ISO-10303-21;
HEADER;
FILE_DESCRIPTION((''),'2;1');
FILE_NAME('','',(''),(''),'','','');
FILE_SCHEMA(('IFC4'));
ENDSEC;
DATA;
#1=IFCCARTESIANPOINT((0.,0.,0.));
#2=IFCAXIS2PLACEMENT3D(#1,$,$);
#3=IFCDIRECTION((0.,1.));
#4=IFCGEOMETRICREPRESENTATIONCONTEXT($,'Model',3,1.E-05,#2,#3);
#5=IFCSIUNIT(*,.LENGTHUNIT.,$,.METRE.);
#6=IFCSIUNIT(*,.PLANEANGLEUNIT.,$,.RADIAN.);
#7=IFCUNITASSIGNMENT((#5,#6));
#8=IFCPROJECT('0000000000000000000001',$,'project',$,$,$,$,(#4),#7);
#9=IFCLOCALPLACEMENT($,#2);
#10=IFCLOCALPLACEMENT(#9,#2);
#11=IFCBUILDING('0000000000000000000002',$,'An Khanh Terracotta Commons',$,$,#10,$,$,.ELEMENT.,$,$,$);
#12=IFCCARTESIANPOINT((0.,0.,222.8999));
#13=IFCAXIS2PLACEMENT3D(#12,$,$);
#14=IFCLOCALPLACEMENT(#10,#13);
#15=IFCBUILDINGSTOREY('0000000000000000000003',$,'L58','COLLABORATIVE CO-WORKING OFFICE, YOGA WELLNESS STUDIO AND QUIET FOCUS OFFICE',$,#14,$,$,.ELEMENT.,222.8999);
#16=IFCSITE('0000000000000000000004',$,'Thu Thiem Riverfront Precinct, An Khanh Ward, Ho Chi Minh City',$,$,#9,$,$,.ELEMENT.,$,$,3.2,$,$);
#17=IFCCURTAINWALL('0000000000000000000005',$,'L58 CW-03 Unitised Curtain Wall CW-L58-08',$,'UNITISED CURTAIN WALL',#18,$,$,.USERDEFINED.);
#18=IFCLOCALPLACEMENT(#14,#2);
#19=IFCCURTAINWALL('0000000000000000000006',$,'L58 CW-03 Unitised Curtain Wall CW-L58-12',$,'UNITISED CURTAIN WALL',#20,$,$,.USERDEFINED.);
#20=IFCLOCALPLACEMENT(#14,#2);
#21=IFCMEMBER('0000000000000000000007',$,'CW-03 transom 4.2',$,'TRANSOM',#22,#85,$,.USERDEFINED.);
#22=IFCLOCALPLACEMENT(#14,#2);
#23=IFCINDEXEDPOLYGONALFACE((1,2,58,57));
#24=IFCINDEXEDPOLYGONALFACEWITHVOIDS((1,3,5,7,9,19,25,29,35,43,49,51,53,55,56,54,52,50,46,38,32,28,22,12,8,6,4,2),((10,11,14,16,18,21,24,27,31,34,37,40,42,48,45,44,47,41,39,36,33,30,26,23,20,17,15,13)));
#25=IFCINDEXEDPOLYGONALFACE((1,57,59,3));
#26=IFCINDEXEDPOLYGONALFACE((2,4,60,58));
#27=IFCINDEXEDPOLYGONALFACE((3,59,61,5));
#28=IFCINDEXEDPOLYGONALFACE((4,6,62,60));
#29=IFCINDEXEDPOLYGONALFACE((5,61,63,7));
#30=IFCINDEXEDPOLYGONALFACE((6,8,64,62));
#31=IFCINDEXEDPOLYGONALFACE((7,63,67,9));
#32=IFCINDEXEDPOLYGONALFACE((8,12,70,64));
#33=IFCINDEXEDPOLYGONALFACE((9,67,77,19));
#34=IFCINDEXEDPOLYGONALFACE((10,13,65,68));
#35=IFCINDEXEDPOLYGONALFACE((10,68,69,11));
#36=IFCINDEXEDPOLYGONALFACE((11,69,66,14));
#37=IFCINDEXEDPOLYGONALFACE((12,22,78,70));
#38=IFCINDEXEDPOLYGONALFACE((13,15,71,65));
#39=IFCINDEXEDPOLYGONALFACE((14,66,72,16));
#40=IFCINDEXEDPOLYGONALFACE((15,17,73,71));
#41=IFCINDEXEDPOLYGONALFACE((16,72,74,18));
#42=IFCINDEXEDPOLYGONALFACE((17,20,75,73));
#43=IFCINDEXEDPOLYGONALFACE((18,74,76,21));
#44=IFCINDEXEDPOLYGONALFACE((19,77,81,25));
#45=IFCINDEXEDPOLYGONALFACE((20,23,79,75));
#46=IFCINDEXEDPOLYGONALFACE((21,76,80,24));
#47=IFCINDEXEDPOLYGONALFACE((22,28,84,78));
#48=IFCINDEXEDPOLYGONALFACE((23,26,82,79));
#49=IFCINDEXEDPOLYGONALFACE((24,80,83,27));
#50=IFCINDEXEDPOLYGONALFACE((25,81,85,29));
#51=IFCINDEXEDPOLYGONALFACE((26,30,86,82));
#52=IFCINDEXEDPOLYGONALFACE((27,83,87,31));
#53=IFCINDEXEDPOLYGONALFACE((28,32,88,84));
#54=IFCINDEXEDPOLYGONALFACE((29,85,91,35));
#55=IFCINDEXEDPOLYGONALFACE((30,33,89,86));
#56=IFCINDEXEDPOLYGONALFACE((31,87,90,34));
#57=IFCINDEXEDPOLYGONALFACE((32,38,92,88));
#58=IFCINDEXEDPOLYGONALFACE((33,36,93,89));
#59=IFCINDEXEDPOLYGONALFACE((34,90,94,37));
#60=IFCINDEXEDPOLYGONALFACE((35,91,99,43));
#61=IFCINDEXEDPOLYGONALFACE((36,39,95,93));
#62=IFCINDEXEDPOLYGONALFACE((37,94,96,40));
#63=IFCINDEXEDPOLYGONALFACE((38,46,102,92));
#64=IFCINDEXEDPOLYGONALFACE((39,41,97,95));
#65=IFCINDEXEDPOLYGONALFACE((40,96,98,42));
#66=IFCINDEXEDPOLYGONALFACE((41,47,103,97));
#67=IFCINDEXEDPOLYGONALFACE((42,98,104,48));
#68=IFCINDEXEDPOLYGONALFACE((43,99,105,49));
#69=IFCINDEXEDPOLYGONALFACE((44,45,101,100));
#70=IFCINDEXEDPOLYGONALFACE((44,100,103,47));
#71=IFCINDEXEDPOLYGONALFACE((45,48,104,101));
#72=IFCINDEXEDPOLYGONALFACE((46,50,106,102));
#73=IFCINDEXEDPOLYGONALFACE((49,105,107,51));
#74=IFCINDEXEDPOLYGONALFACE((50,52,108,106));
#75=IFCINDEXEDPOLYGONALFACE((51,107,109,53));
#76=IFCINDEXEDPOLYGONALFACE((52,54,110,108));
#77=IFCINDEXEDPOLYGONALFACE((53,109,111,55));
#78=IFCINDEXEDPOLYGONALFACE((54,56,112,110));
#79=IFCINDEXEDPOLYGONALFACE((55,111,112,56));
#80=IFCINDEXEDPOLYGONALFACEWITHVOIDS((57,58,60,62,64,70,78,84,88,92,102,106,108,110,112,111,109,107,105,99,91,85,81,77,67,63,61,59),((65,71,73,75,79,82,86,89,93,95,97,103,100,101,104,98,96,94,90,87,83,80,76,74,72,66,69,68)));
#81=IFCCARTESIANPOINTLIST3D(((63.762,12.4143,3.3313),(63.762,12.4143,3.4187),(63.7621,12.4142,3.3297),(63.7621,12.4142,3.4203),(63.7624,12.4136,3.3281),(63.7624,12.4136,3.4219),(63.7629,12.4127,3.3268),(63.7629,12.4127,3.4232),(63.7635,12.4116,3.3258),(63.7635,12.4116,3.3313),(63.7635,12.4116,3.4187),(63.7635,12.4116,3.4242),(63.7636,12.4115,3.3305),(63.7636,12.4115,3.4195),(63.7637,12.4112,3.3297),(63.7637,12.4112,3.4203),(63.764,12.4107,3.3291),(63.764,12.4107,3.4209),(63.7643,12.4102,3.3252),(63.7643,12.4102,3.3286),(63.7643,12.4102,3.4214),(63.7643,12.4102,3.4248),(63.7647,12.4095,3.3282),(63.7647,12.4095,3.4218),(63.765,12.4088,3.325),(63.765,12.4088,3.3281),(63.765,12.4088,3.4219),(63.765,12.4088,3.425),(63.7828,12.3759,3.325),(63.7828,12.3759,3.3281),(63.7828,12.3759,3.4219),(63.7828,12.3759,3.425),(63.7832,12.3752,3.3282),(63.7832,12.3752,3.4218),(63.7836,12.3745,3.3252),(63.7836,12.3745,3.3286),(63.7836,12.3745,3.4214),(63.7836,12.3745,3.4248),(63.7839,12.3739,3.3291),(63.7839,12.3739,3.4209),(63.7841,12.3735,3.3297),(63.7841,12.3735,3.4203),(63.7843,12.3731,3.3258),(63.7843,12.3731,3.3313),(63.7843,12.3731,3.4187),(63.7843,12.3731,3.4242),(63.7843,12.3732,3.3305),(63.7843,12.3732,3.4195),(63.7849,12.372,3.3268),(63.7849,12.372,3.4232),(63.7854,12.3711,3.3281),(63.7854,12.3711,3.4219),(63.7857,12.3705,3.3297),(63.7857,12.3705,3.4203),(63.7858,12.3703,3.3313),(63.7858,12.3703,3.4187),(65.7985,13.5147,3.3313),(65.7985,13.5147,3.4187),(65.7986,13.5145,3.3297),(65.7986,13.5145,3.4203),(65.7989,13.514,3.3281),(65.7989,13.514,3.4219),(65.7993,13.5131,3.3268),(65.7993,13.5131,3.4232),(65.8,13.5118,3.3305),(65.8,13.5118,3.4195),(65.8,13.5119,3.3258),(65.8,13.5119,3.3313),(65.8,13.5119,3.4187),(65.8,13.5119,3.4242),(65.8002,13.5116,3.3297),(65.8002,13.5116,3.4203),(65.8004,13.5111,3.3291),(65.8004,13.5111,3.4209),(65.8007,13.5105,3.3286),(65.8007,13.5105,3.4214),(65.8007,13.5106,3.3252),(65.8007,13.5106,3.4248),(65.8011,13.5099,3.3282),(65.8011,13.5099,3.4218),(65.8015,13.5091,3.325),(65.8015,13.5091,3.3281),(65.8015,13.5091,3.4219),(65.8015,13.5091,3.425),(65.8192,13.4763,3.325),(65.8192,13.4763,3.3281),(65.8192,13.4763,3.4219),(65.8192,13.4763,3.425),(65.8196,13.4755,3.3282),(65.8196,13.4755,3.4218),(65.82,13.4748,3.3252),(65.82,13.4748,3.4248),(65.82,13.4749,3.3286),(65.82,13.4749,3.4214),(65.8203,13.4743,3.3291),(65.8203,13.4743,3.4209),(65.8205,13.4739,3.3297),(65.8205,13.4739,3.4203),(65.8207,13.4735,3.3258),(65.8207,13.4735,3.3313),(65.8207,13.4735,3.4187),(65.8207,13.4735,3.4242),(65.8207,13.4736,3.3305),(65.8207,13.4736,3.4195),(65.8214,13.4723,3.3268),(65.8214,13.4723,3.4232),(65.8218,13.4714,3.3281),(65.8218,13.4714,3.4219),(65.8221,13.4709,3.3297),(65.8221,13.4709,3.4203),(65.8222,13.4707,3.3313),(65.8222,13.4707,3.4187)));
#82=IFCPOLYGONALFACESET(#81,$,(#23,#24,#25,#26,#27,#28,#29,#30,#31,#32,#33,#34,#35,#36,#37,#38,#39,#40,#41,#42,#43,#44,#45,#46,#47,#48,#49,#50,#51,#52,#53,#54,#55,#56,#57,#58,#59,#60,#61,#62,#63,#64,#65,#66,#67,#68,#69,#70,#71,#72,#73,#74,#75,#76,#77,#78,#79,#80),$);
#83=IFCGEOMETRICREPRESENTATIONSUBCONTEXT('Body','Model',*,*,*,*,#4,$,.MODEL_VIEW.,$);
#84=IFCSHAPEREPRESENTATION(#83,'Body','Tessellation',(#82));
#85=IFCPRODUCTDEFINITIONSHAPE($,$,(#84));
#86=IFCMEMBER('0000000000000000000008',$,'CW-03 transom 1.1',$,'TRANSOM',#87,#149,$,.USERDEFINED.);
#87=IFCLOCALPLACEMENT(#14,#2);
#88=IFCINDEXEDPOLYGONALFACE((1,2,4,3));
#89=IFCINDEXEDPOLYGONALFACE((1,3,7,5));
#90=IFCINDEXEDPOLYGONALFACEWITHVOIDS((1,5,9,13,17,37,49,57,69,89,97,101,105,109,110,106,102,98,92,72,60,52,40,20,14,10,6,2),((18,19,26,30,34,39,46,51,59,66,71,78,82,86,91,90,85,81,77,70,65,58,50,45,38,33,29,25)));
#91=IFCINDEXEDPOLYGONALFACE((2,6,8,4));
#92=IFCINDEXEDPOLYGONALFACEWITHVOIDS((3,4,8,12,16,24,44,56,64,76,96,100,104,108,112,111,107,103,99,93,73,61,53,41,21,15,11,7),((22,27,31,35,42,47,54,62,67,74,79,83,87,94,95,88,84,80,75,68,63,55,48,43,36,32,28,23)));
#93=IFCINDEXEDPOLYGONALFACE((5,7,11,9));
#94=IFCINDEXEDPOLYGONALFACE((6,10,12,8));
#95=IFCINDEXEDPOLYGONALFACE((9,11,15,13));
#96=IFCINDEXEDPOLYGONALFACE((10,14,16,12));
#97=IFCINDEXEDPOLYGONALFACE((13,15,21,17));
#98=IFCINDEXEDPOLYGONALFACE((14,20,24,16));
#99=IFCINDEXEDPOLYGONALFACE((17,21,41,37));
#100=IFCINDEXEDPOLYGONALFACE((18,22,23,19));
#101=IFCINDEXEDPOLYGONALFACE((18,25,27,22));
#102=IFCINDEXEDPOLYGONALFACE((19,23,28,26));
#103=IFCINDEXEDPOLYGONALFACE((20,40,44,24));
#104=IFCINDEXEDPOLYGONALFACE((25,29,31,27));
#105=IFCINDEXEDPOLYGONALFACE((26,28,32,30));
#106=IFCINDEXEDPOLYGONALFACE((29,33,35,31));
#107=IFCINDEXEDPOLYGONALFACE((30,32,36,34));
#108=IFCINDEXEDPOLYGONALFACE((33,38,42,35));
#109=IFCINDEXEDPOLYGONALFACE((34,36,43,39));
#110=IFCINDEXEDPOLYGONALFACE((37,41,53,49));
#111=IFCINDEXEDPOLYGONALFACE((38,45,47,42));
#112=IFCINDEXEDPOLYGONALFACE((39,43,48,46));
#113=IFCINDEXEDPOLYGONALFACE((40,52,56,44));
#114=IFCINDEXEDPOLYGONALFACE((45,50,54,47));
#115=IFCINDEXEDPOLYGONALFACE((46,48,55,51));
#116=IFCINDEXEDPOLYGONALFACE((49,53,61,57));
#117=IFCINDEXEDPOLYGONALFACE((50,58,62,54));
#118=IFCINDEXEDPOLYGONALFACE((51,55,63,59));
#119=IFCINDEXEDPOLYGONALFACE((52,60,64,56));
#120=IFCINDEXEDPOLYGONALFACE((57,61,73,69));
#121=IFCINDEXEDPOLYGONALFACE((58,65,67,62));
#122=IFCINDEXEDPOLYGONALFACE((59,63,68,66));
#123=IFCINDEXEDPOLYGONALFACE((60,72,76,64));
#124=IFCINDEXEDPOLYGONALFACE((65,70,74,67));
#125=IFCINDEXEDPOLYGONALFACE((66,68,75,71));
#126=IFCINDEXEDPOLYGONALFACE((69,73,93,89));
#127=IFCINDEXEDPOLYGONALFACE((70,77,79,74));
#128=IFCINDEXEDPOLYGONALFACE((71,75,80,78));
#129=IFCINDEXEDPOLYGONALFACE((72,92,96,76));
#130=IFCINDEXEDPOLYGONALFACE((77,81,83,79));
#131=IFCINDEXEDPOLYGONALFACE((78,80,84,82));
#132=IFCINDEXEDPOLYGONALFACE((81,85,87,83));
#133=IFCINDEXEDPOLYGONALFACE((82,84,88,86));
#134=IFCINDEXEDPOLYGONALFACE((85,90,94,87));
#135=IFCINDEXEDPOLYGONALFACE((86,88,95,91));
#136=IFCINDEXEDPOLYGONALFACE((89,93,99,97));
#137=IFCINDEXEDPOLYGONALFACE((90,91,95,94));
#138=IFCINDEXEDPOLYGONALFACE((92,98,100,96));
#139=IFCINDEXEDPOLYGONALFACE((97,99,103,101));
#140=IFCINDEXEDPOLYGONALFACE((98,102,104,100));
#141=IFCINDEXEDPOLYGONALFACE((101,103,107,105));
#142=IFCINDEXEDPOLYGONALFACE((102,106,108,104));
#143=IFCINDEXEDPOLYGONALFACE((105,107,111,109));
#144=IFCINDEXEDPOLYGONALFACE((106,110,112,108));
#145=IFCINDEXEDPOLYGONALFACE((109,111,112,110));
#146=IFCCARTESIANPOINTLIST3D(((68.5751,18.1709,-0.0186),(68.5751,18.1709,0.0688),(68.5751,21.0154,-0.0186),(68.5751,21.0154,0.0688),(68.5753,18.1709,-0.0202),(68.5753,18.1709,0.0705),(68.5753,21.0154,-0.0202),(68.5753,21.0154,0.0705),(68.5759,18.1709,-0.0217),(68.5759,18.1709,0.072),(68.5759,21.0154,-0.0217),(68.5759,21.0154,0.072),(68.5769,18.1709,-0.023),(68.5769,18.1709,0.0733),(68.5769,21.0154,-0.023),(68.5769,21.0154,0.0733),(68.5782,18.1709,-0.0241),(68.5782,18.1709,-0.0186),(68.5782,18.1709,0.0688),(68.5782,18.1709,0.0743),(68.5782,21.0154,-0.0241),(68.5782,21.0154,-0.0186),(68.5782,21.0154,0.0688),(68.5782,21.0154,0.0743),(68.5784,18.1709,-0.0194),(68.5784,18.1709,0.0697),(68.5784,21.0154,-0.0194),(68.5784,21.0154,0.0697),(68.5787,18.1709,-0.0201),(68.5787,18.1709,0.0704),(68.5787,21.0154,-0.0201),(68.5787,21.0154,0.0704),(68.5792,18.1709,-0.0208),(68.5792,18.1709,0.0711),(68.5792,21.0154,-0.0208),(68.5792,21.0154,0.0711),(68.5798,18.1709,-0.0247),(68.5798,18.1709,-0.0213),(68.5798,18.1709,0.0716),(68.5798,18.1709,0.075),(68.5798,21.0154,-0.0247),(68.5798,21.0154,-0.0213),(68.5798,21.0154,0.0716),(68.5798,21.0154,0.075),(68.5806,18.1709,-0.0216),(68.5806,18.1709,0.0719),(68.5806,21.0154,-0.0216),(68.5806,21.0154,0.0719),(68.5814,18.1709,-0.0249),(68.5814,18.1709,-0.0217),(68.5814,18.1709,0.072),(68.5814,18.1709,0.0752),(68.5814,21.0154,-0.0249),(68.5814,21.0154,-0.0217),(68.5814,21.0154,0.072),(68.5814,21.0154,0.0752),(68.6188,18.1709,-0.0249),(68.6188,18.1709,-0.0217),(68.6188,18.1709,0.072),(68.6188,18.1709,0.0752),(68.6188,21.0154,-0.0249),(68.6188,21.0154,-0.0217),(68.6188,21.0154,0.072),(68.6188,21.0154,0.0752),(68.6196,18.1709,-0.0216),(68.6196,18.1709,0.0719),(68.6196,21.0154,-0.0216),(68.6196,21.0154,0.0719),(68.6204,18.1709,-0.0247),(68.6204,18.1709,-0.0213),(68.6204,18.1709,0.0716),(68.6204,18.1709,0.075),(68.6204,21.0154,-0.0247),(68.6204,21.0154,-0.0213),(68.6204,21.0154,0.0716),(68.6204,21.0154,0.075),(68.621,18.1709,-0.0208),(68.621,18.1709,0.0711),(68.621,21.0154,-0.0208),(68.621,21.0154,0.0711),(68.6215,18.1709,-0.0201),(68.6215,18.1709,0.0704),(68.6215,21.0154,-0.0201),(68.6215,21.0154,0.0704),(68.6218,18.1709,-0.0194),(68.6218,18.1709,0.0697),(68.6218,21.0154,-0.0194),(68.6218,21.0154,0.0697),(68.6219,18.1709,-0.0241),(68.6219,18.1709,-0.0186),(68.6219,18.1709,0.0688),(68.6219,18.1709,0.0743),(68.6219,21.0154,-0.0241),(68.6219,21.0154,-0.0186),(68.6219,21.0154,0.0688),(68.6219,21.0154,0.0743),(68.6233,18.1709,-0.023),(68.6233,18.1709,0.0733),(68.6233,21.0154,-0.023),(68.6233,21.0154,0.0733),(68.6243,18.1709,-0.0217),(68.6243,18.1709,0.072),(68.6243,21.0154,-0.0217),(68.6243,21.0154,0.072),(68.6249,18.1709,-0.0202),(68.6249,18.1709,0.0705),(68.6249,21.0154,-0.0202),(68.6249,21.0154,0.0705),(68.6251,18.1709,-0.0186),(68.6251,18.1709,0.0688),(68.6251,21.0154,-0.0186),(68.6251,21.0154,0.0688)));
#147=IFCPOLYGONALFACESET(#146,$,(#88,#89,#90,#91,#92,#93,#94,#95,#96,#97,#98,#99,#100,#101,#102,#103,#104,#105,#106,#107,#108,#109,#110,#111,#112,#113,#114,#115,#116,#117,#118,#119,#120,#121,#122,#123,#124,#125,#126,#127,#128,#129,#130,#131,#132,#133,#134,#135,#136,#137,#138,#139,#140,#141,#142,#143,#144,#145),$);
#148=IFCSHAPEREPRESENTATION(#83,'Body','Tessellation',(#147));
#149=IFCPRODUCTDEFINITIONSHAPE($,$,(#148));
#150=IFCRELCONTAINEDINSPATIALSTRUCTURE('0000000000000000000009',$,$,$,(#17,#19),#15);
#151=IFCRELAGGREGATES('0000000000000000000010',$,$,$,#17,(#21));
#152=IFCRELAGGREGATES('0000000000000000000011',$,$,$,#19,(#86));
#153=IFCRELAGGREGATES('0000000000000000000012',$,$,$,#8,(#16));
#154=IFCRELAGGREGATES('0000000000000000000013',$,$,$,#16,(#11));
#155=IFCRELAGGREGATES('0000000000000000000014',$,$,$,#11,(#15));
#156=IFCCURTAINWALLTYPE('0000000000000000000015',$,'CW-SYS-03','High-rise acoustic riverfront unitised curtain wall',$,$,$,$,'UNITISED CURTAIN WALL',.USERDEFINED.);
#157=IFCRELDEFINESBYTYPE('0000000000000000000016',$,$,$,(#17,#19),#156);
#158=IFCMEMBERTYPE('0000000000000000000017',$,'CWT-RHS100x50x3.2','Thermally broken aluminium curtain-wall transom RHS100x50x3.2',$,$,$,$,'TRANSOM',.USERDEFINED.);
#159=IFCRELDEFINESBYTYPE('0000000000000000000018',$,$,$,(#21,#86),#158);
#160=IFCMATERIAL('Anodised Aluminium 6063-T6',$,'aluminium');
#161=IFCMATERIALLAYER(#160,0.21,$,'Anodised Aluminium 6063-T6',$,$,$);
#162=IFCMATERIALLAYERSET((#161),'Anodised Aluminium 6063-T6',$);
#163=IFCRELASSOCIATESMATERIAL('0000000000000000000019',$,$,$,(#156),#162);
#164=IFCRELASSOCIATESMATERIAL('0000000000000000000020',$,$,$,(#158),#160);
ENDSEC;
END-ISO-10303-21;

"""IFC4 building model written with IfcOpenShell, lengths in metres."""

from ifc_helpers import new_model, si_unit, direction, frame, origin, origin_2d, place, context, subcontext, project, spatial, hollow_rectangle, extrude, material, layer, layer_set, material_profile, profile_set, type_object, element, aggregate, save


model = new_model("IFC4")

# Units and contexts
model_context = context("Model", 3, precision=1e-05, world=origin(), true_north=direction((0.0, 1.0)))
body_context = subcontext(model_context, "Body", "Model", "MODEL_VIEW")
ifc_project = project(units=[si_unit("LENGTHUNIT", "METRE"), si_unit("PLANEANGLEUNIT", "RADIAN")], contexts=[model_context])

# Site, building, storey
site_placement = place(None, origin())
site = spatial("IfcSite", under=ifc_project, at=site_placement, Name="Thu Thiem Riverfront Precinct, An Khanh Ward, Ho Chi Minh City", CompositionType="ELEMENT", RefElevation=3.2)
building_placement = place(site_placement, origin())
building = spatial("IfcBuilding", under=site, at=building_placement, Name="An Khanh Terracotta Commons", CompositionType="ELEMENT")
storey_placement = place(building_placement, frame((0.0, 0.0, 222.8999)))
storey = spatial("IfcBuildingStorey", under=building, at=storey_placement, Name="L58", Description="COLLABORATIVE CO-WORKING OFFICE, YOGA WELLNESS STUDIO AND QUIET FOCUS OFFICE", CompositionType="ELEMENT", Elevation=222.8999)

# Curtain walls
ifc_material_1 = material(Name="Anodised Aluminium 6063-T6", Category="aluminium")
ifc_layer_1 = layer(ifc_material_1, 0.21, Name="Anodised Aluminium 6063-T6")
ifc_layer_set_1 = layer_set([ifc_layer_1], Name="Anodised Aluminium 6063-T6")
curtain_wall_type = type_object("IfcCurtainWallType", Name="CW-SYS-03", Description="High-rise acoustic riverfront unitised curtain wall", ElementType="UNITISED CURTAIN WALL", PredefinedType="USERDEFINED", material=ifc_layer_set_1)
curtain_wall_1_placement = place(storey_placement, origin())
curtain_wall_1 = element("IfcCurtainWall", 1, at=curtain_wall_1_placement, inside=storey, type_object=curtain_wall_type, Name="L58 CW-03 Unitised Curtain Wall CW-L58-08", ObjectType="UNITISED CURTAIN WALL", PredefinedType="USERDEFINED")
curtain_wall_2_placement = place(storey_placement, origin())
curtain_wall_2 = element("IfcCurtainWall", 2, at=curtain_wall_2_placement, inside=storey, type_object=curtain_wall_type, Name="L58 CW-03 Unitised Curtain Wall CW-L58-12", ObjectType="UNITISED CURTAIN WALL", PredefinedType="USERDEFINED")

# Members
ifc_material_profile_1 = material_profile(ifc_material_1, hollow_rectangle(XDim=0.05, YDim=0.1001, WallThickness=0.0032, InnerFilletRadius=0.0032, OuterFilletRadius=0.0063, at=origin_2d()), Name="RHS100x50x3.2")
ifc_profile_set_1 = profile_set([ifc_material_profile_1], Name="Anodised Aluminium 6063-T6")
member_type_1 = type_object("IfcMemberType", Name="CWT-RHS100x50x3.2", Description="Thermally broken aluminium curtain-wall transom RHS100x50x3.2", ElementType="TRANSOM", PredefinedType="USERDEFINED", material=ifc_profile_set_1)
member_1_placement = place(storey_placement, frame((63.7739, 12.3923, 3.375), z_axis=(0.879779, 0.475382, 0.0), x_axis=(-0.475382, 0.879779, 0.0)))
member_1 = element("IfcMember", 3, at=member_1_placement, type_object=member_type_1, Name="CW-03 transom 4.2", ObjectType="TRANSOM", PredefinedType="USERDEFINED", context=body_context, shape_type="SweptSolid", body=[
    extrude(hollow_rectangle(XDim=0.05, YDim=0.1001, WallThickness=0.0032, InnerFilletRadius=0.0032, OuterFilletRadius=0.0063, at=origin_2d()), origin(), (0.0, 0.0, 1.0), 2.3147),
])
member_2_placement = place(storey_placement, frame((68.6001, 18.1709, 0.0251), z_axis=(0.0, 1.0, 0.0), x_axis=(-1.0, 0.0, 0.0)))
member_2 = element("IfcMember", 4, at=member_2_placement, type_object=member_type_1, Name="CW-03 transom 1.1", ObjectType="TRANSOM", PredefinedType="USERDEFINED", context=body_context, shape_type="SweptSolid", body=[
    extrude(hollow_rectangle(XDim=0.05, YDim=0.1001, WallThickness=0.0032, InnerFilletRadius=0.0032, OuterFilletRadius=0.0063, at=origin_2d()), origin(), (0.0, 0.0, 1.0), 2.8445),
])

aggregate(curtain_wall_1, [member_1])
aggregate(curtain_wall_2, [member_2])

save(model, "model.ifc")
